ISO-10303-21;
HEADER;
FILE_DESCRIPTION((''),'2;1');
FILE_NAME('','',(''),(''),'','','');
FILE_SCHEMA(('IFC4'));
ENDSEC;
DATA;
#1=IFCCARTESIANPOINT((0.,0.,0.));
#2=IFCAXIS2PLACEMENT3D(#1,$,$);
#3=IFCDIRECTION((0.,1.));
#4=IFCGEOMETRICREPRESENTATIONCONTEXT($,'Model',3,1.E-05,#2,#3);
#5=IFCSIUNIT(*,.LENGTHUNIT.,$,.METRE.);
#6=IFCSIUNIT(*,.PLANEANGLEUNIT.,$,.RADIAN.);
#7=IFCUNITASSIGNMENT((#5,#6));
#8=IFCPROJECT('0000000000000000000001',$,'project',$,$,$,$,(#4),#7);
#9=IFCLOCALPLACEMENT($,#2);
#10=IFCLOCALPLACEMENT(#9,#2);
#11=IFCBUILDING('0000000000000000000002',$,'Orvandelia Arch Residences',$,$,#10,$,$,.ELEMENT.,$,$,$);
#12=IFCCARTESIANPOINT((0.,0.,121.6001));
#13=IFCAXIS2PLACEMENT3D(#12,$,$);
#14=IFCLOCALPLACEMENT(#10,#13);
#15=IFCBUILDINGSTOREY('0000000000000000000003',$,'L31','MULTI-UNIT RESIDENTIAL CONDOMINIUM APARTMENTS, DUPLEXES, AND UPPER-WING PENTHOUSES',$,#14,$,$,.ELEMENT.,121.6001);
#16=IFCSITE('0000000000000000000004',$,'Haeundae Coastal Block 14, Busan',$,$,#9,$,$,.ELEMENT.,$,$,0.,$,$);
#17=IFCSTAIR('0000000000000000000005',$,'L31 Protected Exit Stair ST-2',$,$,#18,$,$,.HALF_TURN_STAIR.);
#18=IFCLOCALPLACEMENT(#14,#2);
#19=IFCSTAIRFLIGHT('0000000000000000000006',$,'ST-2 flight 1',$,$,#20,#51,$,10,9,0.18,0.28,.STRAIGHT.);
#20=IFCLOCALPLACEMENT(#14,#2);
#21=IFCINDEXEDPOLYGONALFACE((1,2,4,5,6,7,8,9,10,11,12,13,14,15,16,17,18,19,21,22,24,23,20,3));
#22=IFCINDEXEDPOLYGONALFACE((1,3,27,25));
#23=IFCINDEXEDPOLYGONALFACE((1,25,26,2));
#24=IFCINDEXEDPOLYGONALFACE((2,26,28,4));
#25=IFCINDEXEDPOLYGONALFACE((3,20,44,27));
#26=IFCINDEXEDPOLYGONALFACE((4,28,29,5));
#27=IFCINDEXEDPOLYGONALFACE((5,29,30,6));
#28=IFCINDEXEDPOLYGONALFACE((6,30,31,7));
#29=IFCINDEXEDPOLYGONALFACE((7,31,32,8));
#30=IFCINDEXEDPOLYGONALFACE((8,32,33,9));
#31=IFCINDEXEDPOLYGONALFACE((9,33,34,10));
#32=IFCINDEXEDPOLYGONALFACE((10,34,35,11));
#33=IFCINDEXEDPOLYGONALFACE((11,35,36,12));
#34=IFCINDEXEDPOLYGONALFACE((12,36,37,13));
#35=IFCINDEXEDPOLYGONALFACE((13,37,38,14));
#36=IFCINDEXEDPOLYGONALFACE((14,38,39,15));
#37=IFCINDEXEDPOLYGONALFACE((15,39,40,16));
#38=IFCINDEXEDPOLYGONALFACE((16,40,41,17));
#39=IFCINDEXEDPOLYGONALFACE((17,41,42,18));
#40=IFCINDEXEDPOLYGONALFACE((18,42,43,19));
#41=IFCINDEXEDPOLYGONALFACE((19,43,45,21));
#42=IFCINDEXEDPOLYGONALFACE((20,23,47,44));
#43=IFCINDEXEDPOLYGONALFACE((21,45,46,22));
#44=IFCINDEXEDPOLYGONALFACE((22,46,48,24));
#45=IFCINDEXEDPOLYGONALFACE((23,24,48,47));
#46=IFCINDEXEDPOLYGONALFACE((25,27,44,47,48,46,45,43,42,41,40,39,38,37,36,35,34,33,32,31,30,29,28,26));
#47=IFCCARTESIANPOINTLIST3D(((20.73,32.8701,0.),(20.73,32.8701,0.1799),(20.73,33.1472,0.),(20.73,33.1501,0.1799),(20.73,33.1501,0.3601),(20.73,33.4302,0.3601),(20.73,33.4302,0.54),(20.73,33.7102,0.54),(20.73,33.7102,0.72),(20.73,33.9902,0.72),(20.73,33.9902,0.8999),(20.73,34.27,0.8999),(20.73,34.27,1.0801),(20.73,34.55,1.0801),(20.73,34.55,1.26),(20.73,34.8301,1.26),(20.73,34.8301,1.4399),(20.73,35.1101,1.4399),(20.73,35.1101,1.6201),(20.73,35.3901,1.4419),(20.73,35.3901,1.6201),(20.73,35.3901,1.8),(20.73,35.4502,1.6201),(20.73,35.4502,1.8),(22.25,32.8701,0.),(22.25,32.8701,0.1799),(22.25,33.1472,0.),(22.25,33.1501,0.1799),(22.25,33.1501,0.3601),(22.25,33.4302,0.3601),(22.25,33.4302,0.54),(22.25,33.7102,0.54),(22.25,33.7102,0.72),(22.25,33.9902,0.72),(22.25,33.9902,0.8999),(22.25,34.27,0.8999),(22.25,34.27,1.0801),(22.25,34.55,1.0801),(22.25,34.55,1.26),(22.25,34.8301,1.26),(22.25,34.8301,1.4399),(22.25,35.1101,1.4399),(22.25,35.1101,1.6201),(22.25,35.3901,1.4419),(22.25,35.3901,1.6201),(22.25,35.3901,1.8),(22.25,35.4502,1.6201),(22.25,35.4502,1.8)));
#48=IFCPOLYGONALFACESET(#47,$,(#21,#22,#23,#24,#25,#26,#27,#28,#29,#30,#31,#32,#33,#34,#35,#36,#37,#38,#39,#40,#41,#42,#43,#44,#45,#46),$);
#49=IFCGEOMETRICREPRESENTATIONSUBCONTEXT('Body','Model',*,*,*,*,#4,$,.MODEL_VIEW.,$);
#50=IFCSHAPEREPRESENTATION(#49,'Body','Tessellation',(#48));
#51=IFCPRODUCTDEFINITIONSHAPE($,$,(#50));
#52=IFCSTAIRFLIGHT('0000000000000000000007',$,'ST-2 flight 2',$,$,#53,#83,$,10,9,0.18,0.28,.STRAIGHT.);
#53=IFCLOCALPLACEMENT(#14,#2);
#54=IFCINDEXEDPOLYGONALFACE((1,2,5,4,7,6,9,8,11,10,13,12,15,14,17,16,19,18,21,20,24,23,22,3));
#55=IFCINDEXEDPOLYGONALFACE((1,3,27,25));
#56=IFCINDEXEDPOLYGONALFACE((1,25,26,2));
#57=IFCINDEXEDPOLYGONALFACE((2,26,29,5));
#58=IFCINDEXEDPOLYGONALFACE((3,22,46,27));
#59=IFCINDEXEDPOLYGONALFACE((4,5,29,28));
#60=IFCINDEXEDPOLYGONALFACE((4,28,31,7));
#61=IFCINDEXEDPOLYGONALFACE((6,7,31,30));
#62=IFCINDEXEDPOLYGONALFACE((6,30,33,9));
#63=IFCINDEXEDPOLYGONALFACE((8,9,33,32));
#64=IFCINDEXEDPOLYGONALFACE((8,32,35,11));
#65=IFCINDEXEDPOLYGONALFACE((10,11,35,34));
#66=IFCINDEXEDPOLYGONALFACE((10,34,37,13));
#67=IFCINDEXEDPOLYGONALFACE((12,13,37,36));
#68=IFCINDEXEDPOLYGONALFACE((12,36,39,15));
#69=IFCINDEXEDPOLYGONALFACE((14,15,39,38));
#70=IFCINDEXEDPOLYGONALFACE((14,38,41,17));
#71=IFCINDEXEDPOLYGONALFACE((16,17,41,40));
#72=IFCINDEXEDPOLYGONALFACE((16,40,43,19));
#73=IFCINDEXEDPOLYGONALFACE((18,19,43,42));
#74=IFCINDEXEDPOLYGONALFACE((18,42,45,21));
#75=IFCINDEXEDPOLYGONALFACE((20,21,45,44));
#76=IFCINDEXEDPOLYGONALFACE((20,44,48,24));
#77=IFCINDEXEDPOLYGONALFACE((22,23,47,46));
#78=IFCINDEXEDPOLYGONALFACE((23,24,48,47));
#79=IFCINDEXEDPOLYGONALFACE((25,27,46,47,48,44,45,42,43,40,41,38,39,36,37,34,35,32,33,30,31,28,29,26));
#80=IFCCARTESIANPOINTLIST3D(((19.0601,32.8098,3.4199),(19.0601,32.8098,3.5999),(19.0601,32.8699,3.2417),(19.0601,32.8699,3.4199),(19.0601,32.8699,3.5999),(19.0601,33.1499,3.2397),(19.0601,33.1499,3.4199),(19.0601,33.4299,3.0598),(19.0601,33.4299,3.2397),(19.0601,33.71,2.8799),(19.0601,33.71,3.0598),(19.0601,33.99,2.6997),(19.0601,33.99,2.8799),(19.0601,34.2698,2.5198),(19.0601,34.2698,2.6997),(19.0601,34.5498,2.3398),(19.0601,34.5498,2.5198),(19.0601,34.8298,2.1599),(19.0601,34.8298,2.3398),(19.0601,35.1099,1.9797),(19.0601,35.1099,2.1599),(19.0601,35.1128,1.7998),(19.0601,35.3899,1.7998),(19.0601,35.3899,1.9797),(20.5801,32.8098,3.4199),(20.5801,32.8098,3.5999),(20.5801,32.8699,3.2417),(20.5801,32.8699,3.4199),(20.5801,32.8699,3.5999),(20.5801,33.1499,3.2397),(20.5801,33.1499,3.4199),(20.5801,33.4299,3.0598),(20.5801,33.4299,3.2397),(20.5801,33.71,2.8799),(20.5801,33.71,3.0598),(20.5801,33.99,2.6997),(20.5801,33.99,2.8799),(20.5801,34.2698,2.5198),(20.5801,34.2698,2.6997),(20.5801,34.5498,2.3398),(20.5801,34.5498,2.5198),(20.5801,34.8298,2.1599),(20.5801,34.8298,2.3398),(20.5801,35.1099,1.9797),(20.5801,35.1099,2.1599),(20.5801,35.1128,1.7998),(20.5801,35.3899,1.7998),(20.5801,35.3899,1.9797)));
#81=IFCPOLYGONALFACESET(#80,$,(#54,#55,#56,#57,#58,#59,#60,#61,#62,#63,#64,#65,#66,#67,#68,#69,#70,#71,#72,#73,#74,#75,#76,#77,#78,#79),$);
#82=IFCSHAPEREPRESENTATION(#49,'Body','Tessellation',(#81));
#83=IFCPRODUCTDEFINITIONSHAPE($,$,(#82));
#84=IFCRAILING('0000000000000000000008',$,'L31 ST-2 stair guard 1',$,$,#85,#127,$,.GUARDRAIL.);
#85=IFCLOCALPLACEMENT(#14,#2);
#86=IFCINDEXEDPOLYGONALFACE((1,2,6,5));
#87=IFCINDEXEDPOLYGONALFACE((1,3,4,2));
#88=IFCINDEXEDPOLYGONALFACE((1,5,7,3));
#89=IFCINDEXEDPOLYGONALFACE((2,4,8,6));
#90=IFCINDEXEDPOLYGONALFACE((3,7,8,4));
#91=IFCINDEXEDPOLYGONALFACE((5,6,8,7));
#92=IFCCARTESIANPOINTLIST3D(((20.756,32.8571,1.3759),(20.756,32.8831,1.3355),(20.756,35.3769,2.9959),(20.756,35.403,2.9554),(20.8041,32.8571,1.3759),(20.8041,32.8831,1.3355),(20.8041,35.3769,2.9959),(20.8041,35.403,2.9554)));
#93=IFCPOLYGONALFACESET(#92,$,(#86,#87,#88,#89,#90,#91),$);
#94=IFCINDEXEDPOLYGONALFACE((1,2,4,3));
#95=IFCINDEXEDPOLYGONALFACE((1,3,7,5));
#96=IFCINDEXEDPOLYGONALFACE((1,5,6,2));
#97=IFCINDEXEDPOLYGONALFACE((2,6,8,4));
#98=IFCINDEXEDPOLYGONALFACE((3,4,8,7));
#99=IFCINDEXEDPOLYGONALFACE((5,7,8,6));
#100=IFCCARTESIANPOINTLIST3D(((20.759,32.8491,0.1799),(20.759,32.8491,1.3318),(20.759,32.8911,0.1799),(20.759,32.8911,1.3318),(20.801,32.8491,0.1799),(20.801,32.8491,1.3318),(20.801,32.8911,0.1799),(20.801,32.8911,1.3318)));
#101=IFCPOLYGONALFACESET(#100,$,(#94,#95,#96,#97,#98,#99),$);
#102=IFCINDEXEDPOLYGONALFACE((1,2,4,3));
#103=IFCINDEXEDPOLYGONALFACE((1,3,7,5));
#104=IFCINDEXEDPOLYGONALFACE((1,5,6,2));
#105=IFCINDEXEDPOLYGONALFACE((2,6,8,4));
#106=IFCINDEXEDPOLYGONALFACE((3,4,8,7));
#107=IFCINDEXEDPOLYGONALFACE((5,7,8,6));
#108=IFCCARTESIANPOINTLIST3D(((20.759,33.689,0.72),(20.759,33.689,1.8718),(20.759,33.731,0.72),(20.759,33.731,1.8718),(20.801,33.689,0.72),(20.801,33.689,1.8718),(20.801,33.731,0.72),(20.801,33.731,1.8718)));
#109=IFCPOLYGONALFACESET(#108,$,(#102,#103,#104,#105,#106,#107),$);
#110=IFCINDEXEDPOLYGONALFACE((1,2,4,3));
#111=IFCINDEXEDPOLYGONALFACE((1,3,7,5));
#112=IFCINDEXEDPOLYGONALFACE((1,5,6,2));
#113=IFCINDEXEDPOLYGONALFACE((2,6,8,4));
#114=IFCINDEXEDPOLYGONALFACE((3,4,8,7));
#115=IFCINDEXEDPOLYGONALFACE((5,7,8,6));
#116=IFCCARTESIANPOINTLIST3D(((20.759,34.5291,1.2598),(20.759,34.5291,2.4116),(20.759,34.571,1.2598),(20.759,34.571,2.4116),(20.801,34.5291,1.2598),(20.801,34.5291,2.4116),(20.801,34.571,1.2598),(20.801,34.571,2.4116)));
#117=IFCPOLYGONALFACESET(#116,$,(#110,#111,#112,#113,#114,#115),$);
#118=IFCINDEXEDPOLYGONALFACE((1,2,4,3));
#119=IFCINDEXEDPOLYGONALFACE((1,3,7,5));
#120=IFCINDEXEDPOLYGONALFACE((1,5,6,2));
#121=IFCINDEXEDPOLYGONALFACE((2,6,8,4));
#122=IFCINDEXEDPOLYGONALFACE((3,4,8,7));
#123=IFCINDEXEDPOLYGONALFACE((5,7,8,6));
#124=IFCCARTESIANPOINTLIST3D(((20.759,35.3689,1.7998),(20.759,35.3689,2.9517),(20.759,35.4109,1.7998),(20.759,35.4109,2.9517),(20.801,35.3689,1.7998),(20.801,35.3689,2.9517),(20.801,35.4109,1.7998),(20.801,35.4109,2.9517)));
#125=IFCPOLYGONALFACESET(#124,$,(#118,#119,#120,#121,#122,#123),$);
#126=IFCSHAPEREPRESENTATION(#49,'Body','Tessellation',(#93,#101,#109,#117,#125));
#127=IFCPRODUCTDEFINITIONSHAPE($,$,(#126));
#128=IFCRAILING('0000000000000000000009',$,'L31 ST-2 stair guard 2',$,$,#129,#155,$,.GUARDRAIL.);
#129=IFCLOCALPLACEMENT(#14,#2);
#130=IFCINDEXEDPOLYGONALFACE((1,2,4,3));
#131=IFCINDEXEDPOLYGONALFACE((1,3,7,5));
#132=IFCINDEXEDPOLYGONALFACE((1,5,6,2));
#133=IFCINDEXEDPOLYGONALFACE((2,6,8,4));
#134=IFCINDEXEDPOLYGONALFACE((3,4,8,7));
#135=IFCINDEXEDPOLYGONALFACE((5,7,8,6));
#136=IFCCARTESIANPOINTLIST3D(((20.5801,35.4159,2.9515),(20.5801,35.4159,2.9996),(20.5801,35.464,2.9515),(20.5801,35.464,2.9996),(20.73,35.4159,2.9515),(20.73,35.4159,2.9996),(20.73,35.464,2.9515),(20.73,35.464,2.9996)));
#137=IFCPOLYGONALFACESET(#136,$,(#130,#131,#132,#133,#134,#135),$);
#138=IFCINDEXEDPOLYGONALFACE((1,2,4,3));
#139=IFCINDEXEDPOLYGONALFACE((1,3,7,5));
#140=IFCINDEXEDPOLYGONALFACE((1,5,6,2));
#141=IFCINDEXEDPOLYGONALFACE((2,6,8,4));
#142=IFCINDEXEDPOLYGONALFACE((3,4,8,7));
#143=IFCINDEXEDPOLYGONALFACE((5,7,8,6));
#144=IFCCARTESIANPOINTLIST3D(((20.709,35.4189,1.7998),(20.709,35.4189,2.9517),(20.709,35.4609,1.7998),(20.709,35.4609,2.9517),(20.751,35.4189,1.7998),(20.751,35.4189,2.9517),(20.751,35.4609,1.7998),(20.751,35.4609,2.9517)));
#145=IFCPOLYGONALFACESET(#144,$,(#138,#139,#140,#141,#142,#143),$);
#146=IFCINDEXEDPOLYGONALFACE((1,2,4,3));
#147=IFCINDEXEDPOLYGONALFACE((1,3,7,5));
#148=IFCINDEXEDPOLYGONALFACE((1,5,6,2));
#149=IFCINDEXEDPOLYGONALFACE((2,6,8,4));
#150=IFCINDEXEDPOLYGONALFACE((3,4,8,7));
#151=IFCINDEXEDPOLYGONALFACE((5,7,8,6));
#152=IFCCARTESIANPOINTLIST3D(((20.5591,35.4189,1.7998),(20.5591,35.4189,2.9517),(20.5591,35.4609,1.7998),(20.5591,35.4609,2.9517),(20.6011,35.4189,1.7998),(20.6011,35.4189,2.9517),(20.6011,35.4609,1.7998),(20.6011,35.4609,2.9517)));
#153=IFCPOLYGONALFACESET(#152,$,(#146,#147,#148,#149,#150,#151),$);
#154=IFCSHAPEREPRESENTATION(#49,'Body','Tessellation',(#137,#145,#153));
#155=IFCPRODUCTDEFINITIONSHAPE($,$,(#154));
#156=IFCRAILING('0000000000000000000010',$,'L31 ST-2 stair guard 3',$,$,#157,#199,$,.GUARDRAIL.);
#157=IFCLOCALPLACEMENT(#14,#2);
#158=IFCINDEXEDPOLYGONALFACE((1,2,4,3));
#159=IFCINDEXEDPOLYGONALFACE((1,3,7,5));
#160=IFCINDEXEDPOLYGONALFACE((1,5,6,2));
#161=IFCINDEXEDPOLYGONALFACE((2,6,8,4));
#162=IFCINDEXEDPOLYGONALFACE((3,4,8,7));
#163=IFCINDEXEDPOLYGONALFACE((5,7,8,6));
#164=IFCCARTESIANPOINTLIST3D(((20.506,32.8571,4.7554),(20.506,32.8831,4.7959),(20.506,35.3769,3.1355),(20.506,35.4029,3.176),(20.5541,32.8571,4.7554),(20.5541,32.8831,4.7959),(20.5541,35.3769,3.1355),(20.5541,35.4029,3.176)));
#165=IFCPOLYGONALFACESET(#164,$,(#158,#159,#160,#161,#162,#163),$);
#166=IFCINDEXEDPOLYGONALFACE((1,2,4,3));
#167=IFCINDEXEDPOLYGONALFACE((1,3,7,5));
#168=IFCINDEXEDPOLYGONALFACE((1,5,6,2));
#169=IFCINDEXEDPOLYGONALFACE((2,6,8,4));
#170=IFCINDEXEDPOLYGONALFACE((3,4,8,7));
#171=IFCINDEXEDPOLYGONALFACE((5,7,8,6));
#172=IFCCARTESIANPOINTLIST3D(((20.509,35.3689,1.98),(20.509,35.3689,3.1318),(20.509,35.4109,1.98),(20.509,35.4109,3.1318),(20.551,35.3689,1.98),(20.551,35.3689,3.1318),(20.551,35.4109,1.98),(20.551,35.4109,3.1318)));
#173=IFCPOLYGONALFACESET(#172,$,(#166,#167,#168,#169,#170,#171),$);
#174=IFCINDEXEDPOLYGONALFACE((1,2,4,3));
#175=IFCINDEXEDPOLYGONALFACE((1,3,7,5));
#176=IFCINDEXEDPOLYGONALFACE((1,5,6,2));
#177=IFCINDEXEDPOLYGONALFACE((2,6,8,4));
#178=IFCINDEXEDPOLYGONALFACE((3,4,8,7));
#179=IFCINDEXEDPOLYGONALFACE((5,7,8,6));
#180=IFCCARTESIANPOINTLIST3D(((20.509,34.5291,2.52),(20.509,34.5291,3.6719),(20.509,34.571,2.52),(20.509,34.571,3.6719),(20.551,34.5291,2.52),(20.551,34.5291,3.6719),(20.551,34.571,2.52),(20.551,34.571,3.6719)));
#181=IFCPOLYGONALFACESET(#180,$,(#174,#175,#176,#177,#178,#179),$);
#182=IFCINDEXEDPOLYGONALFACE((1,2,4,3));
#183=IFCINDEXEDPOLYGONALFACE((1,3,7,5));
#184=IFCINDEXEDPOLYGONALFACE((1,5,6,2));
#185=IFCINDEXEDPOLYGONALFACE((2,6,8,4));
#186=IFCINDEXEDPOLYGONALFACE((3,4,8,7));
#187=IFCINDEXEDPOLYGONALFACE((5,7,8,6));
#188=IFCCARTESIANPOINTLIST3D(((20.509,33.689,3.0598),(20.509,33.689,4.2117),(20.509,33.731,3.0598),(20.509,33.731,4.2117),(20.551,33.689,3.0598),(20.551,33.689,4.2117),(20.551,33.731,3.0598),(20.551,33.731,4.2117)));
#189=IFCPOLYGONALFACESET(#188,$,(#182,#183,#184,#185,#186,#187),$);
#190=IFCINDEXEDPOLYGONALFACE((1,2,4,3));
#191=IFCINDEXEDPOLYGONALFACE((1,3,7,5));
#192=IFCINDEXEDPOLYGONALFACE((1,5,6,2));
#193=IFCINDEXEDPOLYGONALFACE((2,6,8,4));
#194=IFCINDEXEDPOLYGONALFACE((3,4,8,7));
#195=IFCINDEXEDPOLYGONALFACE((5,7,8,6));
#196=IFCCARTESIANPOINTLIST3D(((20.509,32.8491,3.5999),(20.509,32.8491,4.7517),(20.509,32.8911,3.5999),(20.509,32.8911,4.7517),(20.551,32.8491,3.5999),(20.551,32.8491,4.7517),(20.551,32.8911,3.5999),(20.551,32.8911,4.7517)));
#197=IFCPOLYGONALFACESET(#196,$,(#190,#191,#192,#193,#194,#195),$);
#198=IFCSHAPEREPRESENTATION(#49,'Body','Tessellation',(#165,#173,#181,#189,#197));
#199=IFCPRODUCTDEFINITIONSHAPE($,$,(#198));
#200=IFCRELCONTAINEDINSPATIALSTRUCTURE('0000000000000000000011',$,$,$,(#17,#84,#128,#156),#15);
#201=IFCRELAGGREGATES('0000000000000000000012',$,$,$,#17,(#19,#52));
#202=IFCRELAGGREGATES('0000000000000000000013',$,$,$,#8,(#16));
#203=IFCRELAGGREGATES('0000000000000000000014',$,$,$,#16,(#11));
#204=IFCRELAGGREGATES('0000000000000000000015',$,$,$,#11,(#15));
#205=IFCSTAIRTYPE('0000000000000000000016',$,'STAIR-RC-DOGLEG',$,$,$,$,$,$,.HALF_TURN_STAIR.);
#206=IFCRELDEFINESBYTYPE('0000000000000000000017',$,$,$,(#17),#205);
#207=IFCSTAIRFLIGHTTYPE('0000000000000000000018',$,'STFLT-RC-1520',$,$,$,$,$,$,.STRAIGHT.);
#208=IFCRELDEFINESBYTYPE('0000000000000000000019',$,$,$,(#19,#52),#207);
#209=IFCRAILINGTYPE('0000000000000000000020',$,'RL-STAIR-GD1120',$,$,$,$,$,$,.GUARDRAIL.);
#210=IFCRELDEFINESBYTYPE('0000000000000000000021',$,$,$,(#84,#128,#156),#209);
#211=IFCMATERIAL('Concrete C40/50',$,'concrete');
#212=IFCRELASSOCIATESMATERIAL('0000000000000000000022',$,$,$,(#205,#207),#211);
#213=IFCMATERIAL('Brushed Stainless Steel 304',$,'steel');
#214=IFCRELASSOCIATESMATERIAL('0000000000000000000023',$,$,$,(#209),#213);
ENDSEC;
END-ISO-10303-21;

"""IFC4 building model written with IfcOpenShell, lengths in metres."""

from ifc_helpers import new_model, si_unit, direction, frame, origin, origin_2d, place, context, subcontext, project, spatial, polyline, rectangle, outline, extrude, material, type_object, element, aggregate, save


model = new_model("IFC4")

# Units and contexts
model_context = context("Model", 3, precision=1e-05, world=origin(), true_north=direction((0.0, 1.0)))
body_context = subcontext(model_context, "Body", "Model", "MODEL_VIEW")
ifc_project = project(units=[si_unit("LENGTHUNIT", "METRE"), si_unit("PLANEANGLEUNIT", "RADIAN")], contexts=[model_context])

# Site, building, storey
site_placement = place(None, origin())
site = spatial("IfcSite", under=ifc_project, at=site_placement, Name="Haeundae Coastal Block 14, Busan", CompositionType="ELEMENT", RefElevation=0.0)
building_placement = place(site_placement, origin())
building = spatial("IfcBuilding", under=site, at=building_placement, Name="Orvandelia Arch Residences", CompositionType="ELEMENT")
storey_placement = place(building_placement, frame((0.0, 0.0, 121.6001)))
storey = spatial("IfcBuildingStorey", under=building, at=storey_placement, Name="L31", Description="MULTI-UNIT RESIDENTIAL CONDOMINIUM APARTMENTS, DUPLEXES, AND UPPER-WING PENTHOUSES", CompositionType="ELEMENT", Elevation=121.6001)

# Stair, stair flights
ifc_material_1 = material(Name="Concrete C40/50", Category="concrete")
stair_type = type_object("IfcStairType", Name="STAIR-RC-DOGLEG", PredefinedType="HALF_TURN_STAIR", material=ifc_material_1)
stair_placement = place(storey_placement, origin())
stair = element("IfcStair", 1, at=stair_placement, inside=storey, type_object=stair_type, Name="L31 Protected Exit Stair ST-2", PredefinedType="HALF_TURN_STAIR")
stair_flight_type = type_object("IfcStairFlightType", Name="STFLT-RC-1520", PredefinedType="STRAIGHT", material=ifc_material_1)
stair_flight_1_placement = place(storey_placement, frame((21.49, 32.8701, 0.0), z_axis=(0.0, 0.0, 1.0), x_axis=(0.0, 1.0, 0.0)))
stair_flight_1 = element("IfcStairFlight", 2, at=stair_flight_1_placement, type_object=stair_flight_type, Name="ST-2 flight 1", NumberOfRisers=10, NumberOfTreads=9, PredefinedType="STRAIGHT", RiserHeight=0.18, TreadLength=0.28, context=body_context, shape_type="SweptSolid", body=[
    extrude(outline(polyline([(0.0, 0.0), (0.0, 0.1799), (0.28, 0.1799), (0.28, 0.3601), (0.5601, 0.3601), (0.5601, 0.54), (0.8401, 0.54), (0.8401, 0.72), (1.1201, 0.72), (1.1201, 0.8999), (1.3999, 0.8999), (1.3999, 1.0801), (1.6799, 1.0801), (1.6799, 1.26), (1.96, 1.26), (1.96, 1.4399), (2.24, 1.4399), (2.24, 1.6201), (2.52, 1.6201), (2.52, 1.8), (2.5801, 1.8), (2.5801, 1.6201), (2.52, 1.4419), (0.2771, 0.0), (0.0, 0.0)])), frame((0.0, 0.76, 0.0), z_axis=(0.0, -1.0, 0.0), x_axis=(1.0, 0.0, 0.0)), (0.0, 0.0, 1.0), 1.52),
])
stair_flight_2_placement = place(storey_placement, frame((19.8201, 35.3899, 1.7998), z_axis=(0.0, 0.0, 1.0), x_axis=(0.0, -1.0, 0.0)))
stair_flight_2 = element("IfcStairFlight", 3, at=stair_flight_2_placement, type_object=stair_flight_type, Name="ST-2 flight 2", NumberOfRisers=10, NumberOfTreads=9, PredefinedType="STRAIGHT", RiserHeight=0.18, TreadLength=0.28, context=body_context, shape_type="SweptSolid", body=[
    extrude(outline(polyline([(0.0, 0.0), (0.0, 0.1799), (0.28, 0.1799), (0.28, 0.3601), (0.5601, 0.3601), (0.5601, 0.54), (0.8401, 0.54), (0.8401, 0.72), (1.1201, 0.72), (1.1201, 0.8999), (1.3999, 0.8999), (1.3999, 1.0801), (1.6799, 1.0801), (1.6799, 1.26), (1.96, 1.26), (1.96, 1.4399), (2.24, 1.4399), (2.24, 1.6201), (2.52, 1.6201), (2.52, 1.8), (2.5801, 1.8), (2.5801, 1.6201), (2.52, 1.4419), (0.2771, 0.0), (0.0, 0.0)])), frame((0.0, 0.76, 0.0), z_axis=(0.0, -1.0, 0.0), x_axis=(1.0, 0.0, 0.0)), (0.0, 0.0, 1.0), 1.52),
])
aggregate(stair, [stair_flight_1, stair_flight_2])

# Railings
ifc_material_2 = material(Name="Brushed Stainless Steel 304", Category="steel")
railing_type_1 = type_object("IfcRailingType", Name="RL-STAIR-GD1120", PredefinedType="GUARDRAIL", material=ifc_material_2)
railing_1_placement = place(storey_placement, frame((20.78, 32.8701, 0.1799)))
element("IfcRailing", 4, at=railing_1_placement, inside=storey, type_object=railing_type_1, Name="L31 ST-2 stair guard 1", PredefinedType="GUARDRAIL", context=body_context, shape_type="SweptSolid", body=[
    extrude(rectangle(XDim=0.0481, YDim=0.0481, at=origin_2d()), frame((0.0, 0.0, 1.1758), z_axis=(0.0, 0.841176, 0.540762), x_axis=(-1.0, 0.0, 0.0)), (0.0, 0.0, 1.0), 2.9956),
    extrude(rectangle(XDim=0.042, YDim=0.042, at=origin_2d()), origin(), (0.0, 0.0, 1.0), 1.1519),
    extrude(rectangle(XDim=0.042, YDim=0.042, at=origin_2d()), frame((0.0, 0.8398, 0.54)), (0.0, 0.0, 1.0), 1.1519),
    extrude(rectangle(XDim=0.042, YDim=0.042, at=origin_2d()), frame((0.0, 1.6799, 1.0798)), (0.0, 0.0, 1.0), 1.1519),
    extrude(rectangle(XDim=0.042, YDim=0.042, at=origin_2d()), frame((0.0, 2.5198, 1.6199)), (0.0, 0.0, 1.0), 1.1519),
])
railing_2_placement = place(storey_placement, frame((20.73, 35.4399, 1.7998)))
element("IfcRailing", 5, at=railing_2_placement, inside=storey, type_object=railing_type_1, Name="L31 ST-2 stair guard 2", PredefinedType="GUARDRAIL", context=body_context, shape_type="SweptSolid", body=[
    extrude(rectangle(XDim=0.0481, YDim=0.0481, at=origin_2d()), frame((0.0, 0.0, 1.1758), z_axis=(-1.0, 0.0, 0.0), x_axis=(0.0, -1.0, 0.0)), (0.0, 0.0, 1.0), 0.1499),
    extrude(rectangle(XDim=0.042, YDim=0.042, at=origin_2d()), origin(), (0.0, 0.0, 1.0), 1.1519),
    extrude(rectangle(XDim=0.042, YDim=0.042, at=origin_2d()), frame((-0.1499, 0.0, 0.0)), (0.0, 0.0, 1.0), 1.1519),
])
railing_3_placement = place(storey_placement, frame((20.53, 35.3899, 1.98)))
element("IfcRailing", 6, at=railing_3_placement, inside=storey, type_object=railing_type_1, Name="L31 ST-2 stair guard 3", PredefinedType="GUARDRAIL", context=body_context, shape_type="SweptSolid", body=[
    extrude(rectangle(XDim=0.0481, YDim=0.0481, at=origin_2d()), frame((0.0, 0.0, 1.1758), z_axis=(0.0, -0.841176, 0.540762), x_axis=(1.0, 0.0, 0.0)), (0.0, 0.0, 1.0), 2.9956),
    extrude(rectangle(XDim=0.042, YDim=0.042, at=origin_2d()), origin(), (0.0, 0.0, 1.0), 1.1519),
    extrude(rectangle(XDim=0.042, YDim=0.042, at=origin_2d()), frame((0.0, -0.8398, 0.54)), (0.0, 0.0, 1.0), 1.1519),
    extrude(rectangle(XDim=0.042, YDim=0.042, at=origin_2d()), frame((0.0, -1.6799, 1.0798)), (0.0, 0.0, 1.0), 1.1519),
    extrude(rectangle(XDim=0.042, YDim=0.042, at=origin_2d()), frame((0.0, -2.5198, 1.6199)), (0.0, 0.0, 1.0), 1.1519),
])

save(model, "model.ifc")
